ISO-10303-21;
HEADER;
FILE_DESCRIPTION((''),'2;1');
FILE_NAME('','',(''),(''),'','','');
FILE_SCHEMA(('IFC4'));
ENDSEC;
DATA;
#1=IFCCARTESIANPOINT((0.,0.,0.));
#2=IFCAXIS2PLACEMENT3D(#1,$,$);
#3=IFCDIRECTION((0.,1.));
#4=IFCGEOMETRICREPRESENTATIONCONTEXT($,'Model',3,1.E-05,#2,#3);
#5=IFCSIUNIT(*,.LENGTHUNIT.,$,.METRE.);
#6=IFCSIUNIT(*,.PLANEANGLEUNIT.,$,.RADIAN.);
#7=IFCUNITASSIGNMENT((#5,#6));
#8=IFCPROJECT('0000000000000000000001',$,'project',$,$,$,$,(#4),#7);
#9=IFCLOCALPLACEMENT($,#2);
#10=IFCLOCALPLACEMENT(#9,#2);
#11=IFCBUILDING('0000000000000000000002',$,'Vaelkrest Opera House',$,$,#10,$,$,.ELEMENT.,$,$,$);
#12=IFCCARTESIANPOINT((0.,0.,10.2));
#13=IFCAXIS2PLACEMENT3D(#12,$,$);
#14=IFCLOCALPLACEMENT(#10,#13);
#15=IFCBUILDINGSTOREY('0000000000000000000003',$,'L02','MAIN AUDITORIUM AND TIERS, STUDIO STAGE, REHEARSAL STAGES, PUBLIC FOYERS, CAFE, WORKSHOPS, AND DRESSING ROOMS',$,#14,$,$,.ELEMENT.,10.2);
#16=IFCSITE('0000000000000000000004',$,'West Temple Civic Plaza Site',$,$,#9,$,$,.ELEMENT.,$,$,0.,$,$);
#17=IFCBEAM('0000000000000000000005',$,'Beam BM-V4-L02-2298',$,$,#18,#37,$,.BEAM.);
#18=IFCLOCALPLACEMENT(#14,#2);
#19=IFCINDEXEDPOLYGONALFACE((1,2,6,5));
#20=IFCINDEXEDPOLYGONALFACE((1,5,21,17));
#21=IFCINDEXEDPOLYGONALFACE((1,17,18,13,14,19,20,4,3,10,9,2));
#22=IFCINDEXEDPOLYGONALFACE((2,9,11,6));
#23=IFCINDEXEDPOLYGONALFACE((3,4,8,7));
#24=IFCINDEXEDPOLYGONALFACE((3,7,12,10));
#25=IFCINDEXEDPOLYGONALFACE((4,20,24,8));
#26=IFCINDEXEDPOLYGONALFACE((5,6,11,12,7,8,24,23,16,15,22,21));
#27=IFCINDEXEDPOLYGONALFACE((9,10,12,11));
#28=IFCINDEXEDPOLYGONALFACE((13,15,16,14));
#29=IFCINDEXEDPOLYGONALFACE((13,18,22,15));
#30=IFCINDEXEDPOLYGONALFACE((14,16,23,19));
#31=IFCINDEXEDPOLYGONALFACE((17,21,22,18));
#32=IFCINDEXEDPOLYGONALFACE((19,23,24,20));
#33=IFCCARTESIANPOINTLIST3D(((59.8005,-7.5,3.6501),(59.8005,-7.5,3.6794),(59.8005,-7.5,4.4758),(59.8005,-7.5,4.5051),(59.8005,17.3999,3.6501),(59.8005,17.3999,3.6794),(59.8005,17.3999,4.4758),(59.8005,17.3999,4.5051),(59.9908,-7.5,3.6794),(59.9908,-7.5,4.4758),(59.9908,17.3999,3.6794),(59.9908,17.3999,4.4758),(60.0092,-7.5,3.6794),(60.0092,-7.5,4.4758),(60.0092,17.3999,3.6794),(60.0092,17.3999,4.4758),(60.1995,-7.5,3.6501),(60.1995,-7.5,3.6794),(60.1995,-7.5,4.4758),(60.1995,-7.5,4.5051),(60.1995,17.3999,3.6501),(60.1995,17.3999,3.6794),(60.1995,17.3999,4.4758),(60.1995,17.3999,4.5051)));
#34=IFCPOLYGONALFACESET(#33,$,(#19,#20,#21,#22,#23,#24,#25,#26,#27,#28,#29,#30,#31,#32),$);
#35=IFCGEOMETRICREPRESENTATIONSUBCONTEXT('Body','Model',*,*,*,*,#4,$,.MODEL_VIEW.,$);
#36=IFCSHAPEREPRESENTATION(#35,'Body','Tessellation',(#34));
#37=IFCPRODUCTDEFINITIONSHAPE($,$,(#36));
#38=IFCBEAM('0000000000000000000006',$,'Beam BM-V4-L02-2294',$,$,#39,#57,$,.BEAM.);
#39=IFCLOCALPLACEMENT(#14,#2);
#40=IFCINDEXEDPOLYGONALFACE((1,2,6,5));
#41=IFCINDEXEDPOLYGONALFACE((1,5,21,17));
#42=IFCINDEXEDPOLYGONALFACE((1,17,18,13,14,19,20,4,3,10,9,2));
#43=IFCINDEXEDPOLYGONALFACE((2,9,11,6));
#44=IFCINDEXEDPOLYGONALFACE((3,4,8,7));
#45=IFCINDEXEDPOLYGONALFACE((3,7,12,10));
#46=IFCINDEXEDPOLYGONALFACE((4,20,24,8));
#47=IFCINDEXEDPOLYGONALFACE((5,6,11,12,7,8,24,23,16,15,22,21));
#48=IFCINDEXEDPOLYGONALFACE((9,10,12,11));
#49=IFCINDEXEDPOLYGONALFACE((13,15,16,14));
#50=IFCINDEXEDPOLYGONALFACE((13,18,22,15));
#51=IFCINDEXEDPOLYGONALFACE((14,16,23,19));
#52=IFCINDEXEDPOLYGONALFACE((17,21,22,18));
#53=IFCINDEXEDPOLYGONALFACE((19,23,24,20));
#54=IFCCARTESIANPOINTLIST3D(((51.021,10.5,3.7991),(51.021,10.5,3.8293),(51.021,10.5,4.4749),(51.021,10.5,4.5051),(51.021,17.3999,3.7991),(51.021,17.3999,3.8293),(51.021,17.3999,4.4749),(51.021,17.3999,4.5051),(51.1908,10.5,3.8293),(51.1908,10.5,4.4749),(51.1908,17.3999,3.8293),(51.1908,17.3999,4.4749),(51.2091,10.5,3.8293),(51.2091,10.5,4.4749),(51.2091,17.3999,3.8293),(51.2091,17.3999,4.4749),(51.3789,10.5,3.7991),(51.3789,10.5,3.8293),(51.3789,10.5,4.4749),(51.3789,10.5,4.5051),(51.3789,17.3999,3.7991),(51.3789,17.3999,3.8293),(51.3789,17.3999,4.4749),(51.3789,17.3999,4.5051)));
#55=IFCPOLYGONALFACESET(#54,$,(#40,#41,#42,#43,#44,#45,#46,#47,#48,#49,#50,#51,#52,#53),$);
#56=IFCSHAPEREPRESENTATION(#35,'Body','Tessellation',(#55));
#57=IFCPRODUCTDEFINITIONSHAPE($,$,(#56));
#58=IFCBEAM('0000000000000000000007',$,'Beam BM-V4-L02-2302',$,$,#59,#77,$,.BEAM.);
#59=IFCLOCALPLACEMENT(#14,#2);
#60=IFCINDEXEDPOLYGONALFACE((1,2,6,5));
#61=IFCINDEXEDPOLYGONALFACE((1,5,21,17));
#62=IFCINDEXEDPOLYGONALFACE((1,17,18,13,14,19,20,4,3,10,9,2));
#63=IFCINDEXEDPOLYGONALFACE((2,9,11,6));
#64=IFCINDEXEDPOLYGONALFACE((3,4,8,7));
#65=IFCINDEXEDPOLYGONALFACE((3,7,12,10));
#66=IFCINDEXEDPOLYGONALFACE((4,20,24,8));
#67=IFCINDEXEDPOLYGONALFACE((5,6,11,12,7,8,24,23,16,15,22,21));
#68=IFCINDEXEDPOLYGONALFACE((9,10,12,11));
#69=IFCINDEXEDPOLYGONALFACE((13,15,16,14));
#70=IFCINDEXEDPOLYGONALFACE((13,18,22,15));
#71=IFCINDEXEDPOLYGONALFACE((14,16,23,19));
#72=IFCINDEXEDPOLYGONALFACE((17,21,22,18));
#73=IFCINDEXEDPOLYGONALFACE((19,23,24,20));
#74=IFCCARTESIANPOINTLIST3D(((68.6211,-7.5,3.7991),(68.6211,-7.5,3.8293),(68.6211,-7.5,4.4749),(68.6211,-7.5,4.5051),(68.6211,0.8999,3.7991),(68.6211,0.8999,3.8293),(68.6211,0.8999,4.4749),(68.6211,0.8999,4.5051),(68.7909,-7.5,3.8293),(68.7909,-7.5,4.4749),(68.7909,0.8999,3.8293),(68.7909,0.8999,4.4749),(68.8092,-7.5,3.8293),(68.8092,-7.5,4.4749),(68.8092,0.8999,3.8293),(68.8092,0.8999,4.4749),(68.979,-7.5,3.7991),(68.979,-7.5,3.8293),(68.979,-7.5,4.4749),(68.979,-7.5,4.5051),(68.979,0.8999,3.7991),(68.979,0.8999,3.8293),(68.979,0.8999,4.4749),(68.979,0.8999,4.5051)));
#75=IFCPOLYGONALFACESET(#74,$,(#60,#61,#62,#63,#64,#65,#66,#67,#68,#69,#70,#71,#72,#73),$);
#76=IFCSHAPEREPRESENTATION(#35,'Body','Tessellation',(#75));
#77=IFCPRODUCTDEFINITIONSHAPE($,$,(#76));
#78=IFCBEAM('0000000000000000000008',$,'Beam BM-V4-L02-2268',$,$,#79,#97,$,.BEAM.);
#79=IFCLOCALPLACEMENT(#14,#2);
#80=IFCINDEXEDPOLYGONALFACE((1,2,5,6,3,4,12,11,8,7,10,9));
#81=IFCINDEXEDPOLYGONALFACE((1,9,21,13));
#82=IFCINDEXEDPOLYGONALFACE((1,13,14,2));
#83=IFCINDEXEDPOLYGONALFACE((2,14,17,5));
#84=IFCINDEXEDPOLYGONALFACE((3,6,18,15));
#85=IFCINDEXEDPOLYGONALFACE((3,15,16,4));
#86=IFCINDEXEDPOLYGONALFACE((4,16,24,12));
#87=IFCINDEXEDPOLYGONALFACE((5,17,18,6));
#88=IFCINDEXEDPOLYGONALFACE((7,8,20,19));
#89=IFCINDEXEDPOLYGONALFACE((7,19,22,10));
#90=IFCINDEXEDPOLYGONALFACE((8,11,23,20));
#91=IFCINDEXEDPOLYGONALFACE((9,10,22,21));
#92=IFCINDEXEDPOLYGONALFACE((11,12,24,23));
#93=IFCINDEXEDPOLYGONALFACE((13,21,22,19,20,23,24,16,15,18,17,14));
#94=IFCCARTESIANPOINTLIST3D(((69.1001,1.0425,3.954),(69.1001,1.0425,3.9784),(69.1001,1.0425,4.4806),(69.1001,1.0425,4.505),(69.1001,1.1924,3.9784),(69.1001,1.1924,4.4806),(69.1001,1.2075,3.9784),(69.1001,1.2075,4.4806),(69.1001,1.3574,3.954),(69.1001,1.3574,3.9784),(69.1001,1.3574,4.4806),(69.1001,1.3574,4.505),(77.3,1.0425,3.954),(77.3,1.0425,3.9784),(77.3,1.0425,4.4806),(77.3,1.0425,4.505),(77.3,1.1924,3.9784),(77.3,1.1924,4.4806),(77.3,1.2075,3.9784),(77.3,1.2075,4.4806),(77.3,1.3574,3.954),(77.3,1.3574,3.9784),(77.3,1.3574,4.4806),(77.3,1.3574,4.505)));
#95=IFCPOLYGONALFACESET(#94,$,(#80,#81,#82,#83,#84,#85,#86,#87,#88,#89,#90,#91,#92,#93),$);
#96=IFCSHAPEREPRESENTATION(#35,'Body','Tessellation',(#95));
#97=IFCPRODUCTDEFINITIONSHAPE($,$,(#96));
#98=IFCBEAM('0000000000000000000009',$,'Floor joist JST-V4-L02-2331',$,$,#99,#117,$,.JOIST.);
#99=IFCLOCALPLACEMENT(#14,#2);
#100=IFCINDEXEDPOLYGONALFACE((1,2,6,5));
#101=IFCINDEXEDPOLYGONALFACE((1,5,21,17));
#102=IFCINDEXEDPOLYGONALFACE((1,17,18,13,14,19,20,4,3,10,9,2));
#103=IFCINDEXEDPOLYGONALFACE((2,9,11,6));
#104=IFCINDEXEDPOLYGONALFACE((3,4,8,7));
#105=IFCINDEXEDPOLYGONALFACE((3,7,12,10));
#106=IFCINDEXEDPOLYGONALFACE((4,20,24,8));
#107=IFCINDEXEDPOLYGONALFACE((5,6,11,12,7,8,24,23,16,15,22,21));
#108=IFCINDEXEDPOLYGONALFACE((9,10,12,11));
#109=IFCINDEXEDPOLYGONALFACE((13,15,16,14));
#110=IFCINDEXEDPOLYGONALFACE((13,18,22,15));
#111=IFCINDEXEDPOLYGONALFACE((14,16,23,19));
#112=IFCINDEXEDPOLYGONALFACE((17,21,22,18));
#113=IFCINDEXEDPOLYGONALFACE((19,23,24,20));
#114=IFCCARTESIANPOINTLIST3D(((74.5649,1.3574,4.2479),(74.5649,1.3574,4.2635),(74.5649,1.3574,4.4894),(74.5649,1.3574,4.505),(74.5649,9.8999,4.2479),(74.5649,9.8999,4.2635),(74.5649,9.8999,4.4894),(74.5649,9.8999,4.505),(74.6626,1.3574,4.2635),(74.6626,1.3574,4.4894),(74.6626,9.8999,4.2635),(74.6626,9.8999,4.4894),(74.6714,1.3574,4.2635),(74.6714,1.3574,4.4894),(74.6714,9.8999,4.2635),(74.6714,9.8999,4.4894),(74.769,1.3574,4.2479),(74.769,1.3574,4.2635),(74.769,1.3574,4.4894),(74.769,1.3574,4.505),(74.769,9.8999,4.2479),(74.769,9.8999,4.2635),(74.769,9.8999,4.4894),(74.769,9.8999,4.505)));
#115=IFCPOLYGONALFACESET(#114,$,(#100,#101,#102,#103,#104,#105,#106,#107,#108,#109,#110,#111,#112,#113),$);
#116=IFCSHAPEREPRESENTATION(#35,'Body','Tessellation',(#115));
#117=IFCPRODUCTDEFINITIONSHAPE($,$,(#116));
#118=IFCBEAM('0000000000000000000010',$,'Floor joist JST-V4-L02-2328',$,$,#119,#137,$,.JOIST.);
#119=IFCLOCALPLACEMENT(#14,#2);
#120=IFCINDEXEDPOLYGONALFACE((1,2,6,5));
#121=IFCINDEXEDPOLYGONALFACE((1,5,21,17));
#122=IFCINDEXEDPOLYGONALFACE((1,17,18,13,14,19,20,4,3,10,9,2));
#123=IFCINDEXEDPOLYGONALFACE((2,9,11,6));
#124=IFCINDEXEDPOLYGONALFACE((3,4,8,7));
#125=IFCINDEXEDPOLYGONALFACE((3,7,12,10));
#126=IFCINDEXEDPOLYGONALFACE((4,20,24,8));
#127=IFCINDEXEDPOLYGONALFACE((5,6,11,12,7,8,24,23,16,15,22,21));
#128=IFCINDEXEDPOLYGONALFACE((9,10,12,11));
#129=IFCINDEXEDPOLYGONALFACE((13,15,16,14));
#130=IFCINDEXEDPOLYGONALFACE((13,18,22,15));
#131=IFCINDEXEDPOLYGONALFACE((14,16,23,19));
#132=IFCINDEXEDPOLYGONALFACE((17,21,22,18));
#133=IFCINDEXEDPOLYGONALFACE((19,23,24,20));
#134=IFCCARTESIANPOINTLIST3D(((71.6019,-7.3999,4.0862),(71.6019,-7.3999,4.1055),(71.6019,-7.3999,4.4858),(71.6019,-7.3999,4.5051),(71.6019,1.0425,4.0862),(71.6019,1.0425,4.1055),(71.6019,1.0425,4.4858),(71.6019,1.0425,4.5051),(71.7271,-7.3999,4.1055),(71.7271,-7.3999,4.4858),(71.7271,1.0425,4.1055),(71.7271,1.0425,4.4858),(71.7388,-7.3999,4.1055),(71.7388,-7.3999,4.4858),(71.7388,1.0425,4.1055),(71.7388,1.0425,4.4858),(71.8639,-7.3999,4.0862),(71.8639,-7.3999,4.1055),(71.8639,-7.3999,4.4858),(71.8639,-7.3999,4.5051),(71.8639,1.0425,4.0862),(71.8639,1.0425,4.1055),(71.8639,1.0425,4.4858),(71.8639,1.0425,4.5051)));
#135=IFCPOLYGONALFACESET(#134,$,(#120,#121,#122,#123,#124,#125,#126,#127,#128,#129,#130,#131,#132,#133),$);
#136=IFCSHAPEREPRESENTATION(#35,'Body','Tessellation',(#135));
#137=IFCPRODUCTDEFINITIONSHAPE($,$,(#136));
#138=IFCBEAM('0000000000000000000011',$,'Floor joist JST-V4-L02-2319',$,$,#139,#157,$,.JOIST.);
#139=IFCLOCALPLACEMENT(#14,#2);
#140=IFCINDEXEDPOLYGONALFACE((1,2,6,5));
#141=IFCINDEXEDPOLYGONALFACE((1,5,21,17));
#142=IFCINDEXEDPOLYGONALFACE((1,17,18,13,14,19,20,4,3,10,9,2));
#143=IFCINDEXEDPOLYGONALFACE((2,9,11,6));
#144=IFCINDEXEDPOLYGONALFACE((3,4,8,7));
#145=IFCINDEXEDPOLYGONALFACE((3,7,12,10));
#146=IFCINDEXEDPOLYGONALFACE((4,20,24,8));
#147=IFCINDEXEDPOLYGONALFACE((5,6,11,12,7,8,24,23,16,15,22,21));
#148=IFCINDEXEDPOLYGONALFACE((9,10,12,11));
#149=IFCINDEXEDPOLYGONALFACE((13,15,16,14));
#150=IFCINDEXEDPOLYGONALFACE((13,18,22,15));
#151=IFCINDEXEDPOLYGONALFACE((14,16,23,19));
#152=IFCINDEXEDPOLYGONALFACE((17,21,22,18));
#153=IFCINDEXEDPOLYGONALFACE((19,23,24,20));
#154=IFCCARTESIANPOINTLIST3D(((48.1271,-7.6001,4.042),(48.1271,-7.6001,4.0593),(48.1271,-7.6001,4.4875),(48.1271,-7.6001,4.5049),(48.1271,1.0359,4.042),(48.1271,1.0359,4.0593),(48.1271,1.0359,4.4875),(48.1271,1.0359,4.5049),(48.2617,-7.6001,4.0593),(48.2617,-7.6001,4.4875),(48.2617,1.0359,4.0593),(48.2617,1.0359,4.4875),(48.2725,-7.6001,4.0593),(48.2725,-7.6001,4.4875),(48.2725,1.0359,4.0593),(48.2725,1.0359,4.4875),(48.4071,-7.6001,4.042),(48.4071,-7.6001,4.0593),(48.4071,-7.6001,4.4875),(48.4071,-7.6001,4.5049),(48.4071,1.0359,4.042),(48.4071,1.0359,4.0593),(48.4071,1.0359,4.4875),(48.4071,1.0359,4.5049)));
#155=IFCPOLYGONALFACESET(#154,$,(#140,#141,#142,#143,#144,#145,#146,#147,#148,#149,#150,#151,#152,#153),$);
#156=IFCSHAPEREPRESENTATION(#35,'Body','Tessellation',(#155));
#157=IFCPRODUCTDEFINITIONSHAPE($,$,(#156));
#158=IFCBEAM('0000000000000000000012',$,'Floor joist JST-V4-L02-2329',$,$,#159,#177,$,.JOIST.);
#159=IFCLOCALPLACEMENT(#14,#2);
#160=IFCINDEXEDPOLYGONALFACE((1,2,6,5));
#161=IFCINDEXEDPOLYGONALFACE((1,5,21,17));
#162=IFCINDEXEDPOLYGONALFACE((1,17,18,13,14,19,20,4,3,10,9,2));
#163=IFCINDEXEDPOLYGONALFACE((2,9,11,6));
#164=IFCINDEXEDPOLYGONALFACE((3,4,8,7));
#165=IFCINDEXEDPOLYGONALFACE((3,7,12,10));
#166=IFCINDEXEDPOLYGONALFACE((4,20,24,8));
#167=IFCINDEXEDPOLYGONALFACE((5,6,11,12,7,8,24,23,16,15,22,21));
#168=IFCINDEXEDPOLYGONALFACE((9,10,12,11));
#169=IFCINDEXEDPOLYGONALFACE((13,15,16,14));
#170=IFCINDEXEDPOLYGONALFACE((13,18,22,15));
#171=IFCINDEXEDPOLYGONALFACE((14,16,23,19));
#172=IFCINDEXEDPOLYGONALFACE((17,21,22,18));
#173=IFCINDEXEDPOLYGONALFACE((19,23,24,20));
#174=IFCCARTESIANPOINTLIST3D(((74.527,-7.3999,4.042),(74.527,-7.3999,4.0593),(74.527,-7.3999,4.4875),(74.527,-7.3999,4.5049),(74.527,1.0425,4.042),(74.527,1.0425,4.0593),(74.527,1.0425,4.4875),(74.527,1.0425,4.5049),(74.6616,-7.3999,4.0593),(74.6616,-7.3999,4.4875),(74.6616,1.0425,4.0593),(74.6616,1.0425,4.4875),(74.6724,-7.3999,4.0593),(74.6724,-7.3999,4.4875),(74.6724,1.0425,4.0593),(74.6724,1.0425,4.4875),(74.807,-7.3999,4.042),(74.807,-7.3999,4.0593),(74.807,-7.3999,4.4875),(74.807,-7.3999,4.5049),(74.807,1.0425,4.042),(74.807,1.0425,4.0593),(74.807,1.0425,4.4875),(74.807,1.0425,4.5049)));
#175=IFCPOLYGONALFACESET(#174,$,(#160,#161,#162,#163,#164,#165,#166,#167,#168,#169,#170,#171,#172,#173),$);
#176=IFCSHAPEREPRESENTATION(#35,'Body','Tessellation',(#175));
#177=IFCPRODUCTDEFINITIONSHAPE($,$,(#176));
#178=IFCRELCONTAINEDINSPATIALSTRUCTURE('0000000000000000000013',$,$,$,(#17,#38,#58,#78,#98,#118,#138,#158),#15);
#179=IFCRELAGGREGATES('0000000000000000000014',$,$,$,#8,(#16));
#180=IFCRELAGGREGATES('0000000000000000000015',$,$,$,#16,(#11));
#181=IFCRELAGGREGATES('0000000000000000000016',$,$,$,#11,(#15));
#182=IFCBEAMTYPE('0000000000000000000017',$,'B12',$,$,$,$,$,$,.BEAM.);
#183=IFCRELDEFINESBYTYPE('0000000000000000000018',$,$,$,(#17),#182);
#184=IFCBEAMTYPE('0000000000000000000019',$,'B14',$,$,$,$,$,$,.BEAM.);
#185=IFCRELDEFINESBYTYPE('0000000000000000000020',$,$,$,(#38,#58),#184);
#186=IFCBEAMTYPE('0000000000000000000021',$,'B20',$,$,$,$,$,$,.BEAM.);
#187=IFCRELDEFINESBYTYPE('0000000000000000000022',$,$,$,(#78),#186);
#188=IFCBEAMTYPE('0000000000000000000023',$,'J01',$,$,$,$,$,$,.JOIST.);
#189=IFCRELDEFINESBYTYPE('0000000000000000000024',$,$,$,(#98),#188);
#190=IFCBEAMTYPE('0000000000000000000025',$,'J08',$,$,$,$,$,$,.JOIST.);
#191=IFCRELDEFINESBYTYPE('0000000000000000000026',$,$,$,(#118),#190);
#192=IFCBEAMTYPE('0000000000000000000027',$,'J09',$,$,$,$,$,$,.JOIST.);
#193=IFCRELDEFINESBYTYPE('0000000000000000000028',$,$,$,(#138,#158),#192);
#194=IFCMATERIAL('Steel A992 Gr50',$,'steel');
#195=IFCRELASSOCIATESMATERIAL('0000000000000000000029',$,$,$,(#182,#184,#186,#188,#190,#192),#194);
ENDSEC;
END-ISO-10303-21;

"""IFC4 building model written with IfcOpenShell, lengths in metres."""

from ifc_helpers import new_model, si_unit, direction, frame, origin, origin_2d, place, context, subcontext, project, spatial, i_section, extrude, material, material_profile, profile_set, type_object, element, save


model = new_model("IFC4")

# Units and contexts
model_context = context("Model", 3, precision=1e-05, world=origin(), true_north=direction((0.0, 1.0)))
body_context = subcontext(model_context, "Body", "Model", "MODEL_VIEW")
ifc_project = project(units=[si_unit("LENGTHUNIT", "METRE"), si_unit("PLANEANGLEUNIT", "RADIAN")], contexts=[model_context])

# Site, building, storey
site_placement = place(None, origin())
site = spatial("IfcSite", under=ifc_project, at=site_placement, Name="West Temple Civic Plaza Site", CompositionType="ELEMENT", RefElevation=0.0)
building_placement = place(site_placement, origin())
building = spatial("IfcBuilding", under=site, at=building_placement, Name="Vaelkrest Opera House", CompositionType="ELEMENT")
storey_placement = place(building_placement, frame((0.0, 0.0, 10.2)))
storey = spatial("IfcBuildingStorey", under=building, at=storey_placement, Name="L02", Description="MAIN AUDITORIUM AND TIERS, STUDIO STAGE, REHEARSAL STAGES, PUBLIC FOYERS, CAFE, WORKSHOPS, AND DRESSING ROOMS", CompositionType="ELEMENT", Elevation=10.2)

# Beams
ifc_material_1 = material(Name="Steel A992 Gr50", Category="steel")
ifc_material_profile_1 = material_profile(ifc_material_1, i_section(OverallWidth=0.3989, OverallDepth=0.855, WebThickness=0.0183, FlangeThickness=0.0293, at=origin_2d()), Name="W33X201")
ifc_profile_set_1 = profile_set([ifc_material_profile_1], Name="Steel A992 Gr50")
beam_type_1 = type_object("IfcBeamType", Name="B12", PredefinedType="BEAM", material=ifc_profile_set_1)
beam_1_placement = place(storey_placement, frame((60.0, -7.5, 4.0776), z_axis=(0.0, 1.0, 0.0), x_axis=(-1.0, 0.0, 0.0)))
element("IfcBeam", 1, at=beam_1_placement, inside=storey, type_object=beam_type_1, Name="Beam BM-V4-L02-2298", PredefinedType="BEAM", context=body_context, shape_type="SweptSolid", body=[
    extrude(i_section(OverallWidth=0.3989, OverallDepth=0.855, WebThickness=0.0183, FlangeThickness=0.0293, at=origin_2d()), origin(), (0.0, 0.0, 1.0), 24.8999),
])
ifc_material_profile_2 = material_profile(ifc_material_1, i_section(OverallWidth=0.3579, OverallDepth=0.7061, WebThickness=0.0183, FlangeThickness=0.0303, at=origin_2d()), Name="W27X178")
ifc_profile_set_2 = profile_set([ifc_material_profile_2], Name="Steel A992 Gr50")
beam_type_2 = type_object("IfcBeamType", Name="B14", PredefinedType="BEAM", material=ifc_profile_set_2)
beam_2_placement = place(storey_placement, frame((51.2, 10.5, 4.1521), z_axis=(0.0, 1.0, 0.0), x_axis=(-1.0, 0.0, 0.0)))
element("IfcBeam", 2, at=beam_2_placement, inside=storey, type_object=beam_type_2, Name="Beam BM-V4-L02-2294", PredefinedType="BEAM", context=body_context, shape_type="SweptSolid", body=[
    extrude(i_section(OverallWidth=0.3579, OverallDepth=0.7061, WebThickness=0.0183, FlangeThickness=0.0303, at=origin_2d()), origin(), (0.0, 0.0, 1.0), 6.8999),
])
beam_3_placement = place(storey_placement, frame((68.8, -7.5, 4.1521), z_axis=(0.0, 1.0, 0.0), x_axis=(-1.0, 0.0, 0.0)))
element("IfcBeam", 3, at=beam_3_placement, inside=storey, type_object=beam_type_2, Name="Beam BM-V4-L02-2302", PredefinedType="BEAM", context=body_context, shape_type="SweptSolid", body=[
    extrude(i_section(OverallWidth=0.3579, OverallDepth=0.7061, WebThickness=0.0183, FlangeThickness=0.0303, at=origin_2d()), origin(), (0.0, 0.0, 1.0), 8.3999),
])
ifc_material_profile_3 = material_profile(ifc_material_1, i_section(OverallWidth=0.3149, OverallDepth=0.551, WebThickness=0.0151, FlangeThickness=0.0244, at=origin_2d()), Name="W21X122")
ifc_profile_set_3 = profile_set([ifc_material_profile_3], Name="Steel A992 Gr50")
beam_type_3 = type_object("IfcBeamType", Name="B20", PredefinedType="BEAM", material=ifc_profile_set_3)
beam_4_placement = place(storey_placement, frame((69.1001, 1.2, 4.2295), z_axis=(1.0, 0.0, 0.0), x_axis=(0.0, 1.0, 0.0)))
element("IfcBeam", 4, at=beam_4_placement, inside=storey, type_object=beam_type_3, Name="Beam BM-V4-L02-2268", PredefinedType="BEAM", context=body_context, shape_type="SweptSolid", body=[
    extrude(i_section(OverallWidth=0.3149, OverallDepth=0.551, WebThickness=0.0151, FlangeThickness=0.0244, at=origin_2d()), origin(), (0.0, 0.0, 1.0), 8.2),
])
ifc_material_profile_4 = material_profile(ifc_material_1, i_section(OverallWidth=0.2041, OverallDepth=0.2571, WebThickness=0.0088, FlangeThickness=0.0156, at=origin_2d()), Name="W10X45")
ifc_profile_set_4 = profile_set([ifc_material_profile_4], Name="Steel A992 Gr50")
beam_type_4 = type_object("IfcBeamType", Name="J01", PredefinedType="JOIST", material=ifc_profile_set_4)
beam_5_placement = place(storey_placement, frame((74.667, 1.3574, 4.3765), z_axis=(0.0, 1.0, 0.0), x_axis=(-1.0, 0.0, 0.0)))
element("IfcBeam", 5, at=beam_5_placement, inside=storey, type_object=beam_type_4, Name="Floor joist JST-V4-L02-2331", PredefinedType="JOIST", context=body_context, shape_type="SweptSolid", body=[
    extrude(i_section(OverallWidth=0.2041, OverallDepth=0.2571, WebThickness=0.0088, FlangeThickness=0.0156, at=origin_2d()), origin(), (0.0, 0.0, 1.0), 8.5425),
])
ifc_material_profile_5 = material_profile(ifc_material_1, i_section(OverallWidth=0.262, OverallDepth=0.4189, WebThickness=0.0117, FlangeThickness=0.0193, at=origin_2d()), Name="W16X77")
ifc_profile_set_5 = profile_set([ifc_material_profile_5], Name="Steel A992 Gr50")
beam_type_5 = type_object("IfcBeamType", Name="J08", PredefinedType="JOIST", material=ifc_profile_set_5)
beam_6_placement = place(storey_placement, frame((71.7329, -7.3999, 4.2957), z_axis=(0.0, 1.0, 0.0), x_axis=(-1.0, 0.0, 0.0)))
element("IfcBeam", 6, at=beam_6_placement, inside=storey, type_object=beam_type_5, Name="Floor joist JST-V4-L02-2328", PredefinedType="JOIST", context=body_context, shape_type="SweptSolid", body=[
    extrude(i_section(OverallWidth=0.262, OverallDepth=0.4189, WebThickness=0.0117, FlangeThickness=0.0193, at=origin_2d()), origin(), (0.0, 0.0, 1.0), 8.4424),
])
ifc_material_profile_6 = material_profile(ifc_material_1, i_section(OverallWidth=0.28, OverallDepth=0.4629, WebThickness=0.0107, FlangeThickness=0.0173, at=origin_2d()), Name="W18X76")
ifc_profile_set_6 = profile_set([ifc_material_profile_6], Name="Steel A992 Gr50")
beam_type_6 = type_object("IfcBeamType", Name="J09", PredefinedType="JOIST", material=ifc_profile_set_6)
beam_7_placement = place(storey_placement, frame((48.2671, -7.6001, 4.2734), z_axis=(0.0, 1.0, 0.0), x_axis=(-1.0, 0.0, 0.0)))
element("IfcBeam", 7, at=beam_7_placement, inside=storey, type_object=beam_type_6, Name="Floor joist JST-V4-L02-2319", PredefinedType="JOIST", context=body_context, shape_type="SweptSolid", body=[
    extrude(i_section(OverallWidth=0.28, OverallDepth=0.4629, WebThickness=0.0107, FlangeThickness=0.0173, at=origin_2d()), origin(), (0.0, 0.0, 1.0), 8.636),
])
beam_8_placement = place(storey_placement, frame((74.667, -7.3999, 4.2734), z_axis=(0.0, 1.0, 0.0), x_axis=(-1.0, 0.0, 0.0)))
element("IfcBeam", 8, at=beam_8_placement, inside=storey, type_object=beam_type_6, Name="Floor joist JST-V4-L02-2329", PredefinedType="JOIST", context=body_context, shape_type="SweptSolid", body=[
    extrude(i_section(OverallWidth=0.28, OverallDepth=0.4629, WebThickness=0.0107, FlangeThickness=0.0173, at=origin_2d()), origin(), (0.0, 0.0, 1.0), 8.4424),
])

save(model, "model.ifc")
